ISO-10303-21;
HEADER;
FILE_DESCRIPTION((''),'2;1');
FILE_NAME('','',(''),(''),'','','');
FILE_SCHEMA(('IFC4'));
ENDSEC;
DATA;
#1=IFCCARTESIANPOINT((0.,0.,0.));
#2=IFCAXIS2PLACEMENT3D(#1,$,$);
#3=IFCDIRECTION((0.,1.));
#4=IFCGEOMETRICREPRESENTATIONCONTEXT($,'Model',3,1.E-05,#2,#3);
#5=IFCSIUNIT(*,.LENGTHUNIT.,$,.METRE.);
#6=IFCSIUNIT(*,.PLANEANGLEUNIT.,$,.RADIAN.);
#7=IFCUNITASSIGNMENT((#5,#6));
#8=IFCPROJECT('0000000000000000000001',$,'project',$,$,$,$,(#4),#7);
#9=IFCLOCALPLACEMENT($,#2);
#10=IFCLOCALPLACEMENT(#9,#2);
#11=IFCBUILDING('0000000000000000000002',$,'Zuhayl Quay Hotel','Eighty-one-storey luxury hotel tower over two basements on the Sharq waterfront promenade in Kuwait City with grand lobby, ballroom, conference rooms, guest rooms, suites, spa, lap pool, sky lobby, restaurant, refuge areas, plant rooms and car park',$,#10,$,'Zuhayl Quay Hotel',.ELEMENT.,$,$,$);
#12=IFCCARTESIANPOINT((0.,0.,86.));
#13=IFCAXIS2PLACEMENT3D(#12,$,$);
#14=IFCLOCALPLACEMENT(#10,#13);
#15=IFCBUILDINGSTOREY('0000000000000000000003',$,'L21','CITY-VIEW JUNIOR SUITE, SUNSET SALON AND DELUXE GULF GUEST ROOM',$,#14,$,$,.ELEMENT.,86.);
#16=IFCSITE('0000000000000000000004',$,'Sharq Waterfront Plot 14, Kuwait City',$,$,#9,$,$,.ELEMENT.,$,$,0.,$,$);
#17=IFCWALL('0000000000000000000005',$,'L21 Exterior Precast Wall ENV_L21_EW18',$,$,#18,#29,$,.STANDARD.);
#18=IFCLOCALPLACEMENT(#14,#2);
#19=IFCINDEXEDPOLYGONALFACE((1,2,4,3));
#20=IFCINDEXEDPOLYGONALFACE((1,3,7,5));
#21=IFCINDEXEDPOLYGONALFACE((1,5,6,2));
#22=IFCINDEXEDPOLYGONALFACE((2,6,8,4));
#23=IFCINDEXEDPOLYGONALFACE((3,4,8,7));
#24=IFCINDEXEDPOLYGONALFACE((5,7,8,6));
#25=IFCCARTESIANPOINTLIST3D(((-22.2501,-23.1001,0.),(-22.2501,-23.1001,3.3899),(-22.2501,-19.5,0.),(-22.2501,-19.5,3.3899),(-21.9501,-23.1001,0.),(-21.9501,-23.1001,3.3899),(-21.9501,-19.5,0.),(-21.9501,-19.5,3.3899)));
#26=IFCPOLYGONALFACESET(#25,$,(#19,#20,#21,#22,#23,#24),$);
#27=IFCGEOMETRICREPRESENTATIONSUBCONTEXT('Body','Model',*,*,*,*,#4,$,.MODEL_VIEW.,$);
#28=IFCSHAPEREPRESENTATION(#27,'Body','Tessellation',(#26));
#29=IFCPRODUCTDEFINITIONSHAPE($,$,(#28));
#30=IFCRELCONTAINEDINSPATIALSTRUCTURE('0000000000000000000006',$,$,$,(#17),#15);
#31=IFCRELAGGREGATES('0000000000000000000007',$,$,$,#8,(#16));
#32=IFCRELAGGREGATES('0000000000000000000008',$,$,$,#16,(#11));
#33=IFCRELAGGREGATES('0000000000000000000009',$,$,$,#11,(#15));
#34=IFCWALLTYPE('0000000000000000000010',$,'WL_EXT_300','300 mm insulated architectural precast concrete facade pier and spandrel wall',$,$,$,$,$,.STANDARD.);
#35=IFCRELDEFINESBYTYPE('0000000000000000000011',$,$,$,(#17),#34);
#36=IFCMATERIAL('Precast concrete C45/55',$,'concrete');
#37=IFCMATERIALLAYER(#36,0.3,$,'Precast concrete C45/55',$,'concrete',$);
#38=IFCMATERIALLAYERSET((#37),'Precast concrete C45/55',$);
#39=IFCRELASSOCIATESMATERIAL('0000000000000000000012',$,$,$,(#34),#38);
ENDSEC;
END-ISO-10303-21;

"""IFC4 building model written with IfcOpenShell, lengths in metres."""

from ifc_helpers import new_model, si_unit, direction, frame, frame_2d, origin, place, context, subcontext, project, spatial, rectangle, extrude, material, layer, layer_set, type_object, element, save


model = new_model("IFC4")

# Units and contexts
model_context = context("Model", 3, precision=1e-05, world=origin(), true_north=direction((0.0, 1.0)))
body_context = subcontext(model_context, "Body", "Model", "MODEL_VIEW")
ifc_project = project(units=[si_unit("LENGTHUNIT", "METRE"), si_unit("PLANEANGLEUNIT", "RADIAN")], contexts=[model_context])

# Site, building, storey
site_placement = place(None, origin())
site = spatial("IfcSite", under=ifc_project, at=site_placement, Name="Sharq Waterfront Plot 14, Kuwait City", CompositionType="ELEMENT", RefElevation=0.0)
building_placement = place(site_placement, origin())
building = spatial("IfcBuilding", under=site, at=building_placement, Name="Zuhayl Quay Hotel", Description="Eighty-one-storey luxury hotel tower over two basements on the Sharq waterfront promenade in Kuwait City with grand lobby, ballroom, conference rooms, guest rooms, suites, spa, lap pool, sky lobby, restaurant, refuge areas, plant rooms and car park", LongName="Zuhayl Quay Hotel", CompositionType="ELEMENT")
storey_placement = place(building_placement, frame((0.0, 0.0, 86.0)))
storey = spatial("IfcBuildingStorey", under=building, at=storey_placement, Name="L21", Description="CITY-VIEW JUNIOR SUITE, SUNSET SALON AND DELUXE GULF GUEST ROOM", CompositionType="ELEMENT", Elevation=86.0)

# Wall
ifc_material_1 = material(Name="Precast concrete C45/55", Category="concrete")
ifc_layer_1 = layer(ifc_material_1, 0.3, Name="Precast concrete C45/55", Category="concrete")
ifc_layer_set_1 = layer_set([ifc_layer_1], Name="Precast concrete C45/55")
wall_type = type_object("IfcWallType", Name="WL_EXT_300", Description="300 mm insulated architectural precast concrete facade pier and spandrel wall", PredefinedType="STANDARD", material=ifc_layer_set_1)
wall_1_placement = place(storey_placement, frame((-22.1001, -23.1001, 0.0), z_axis=(0.0, 0.0, 1.0), x_axis=(0.0, 1.0, 0.0)))
element("IfcWall", 1, at=wall_1_placement, inside=storey, type_object=wall_type, Name="L21 Exterior Precast Wall ENV_L21_EW18", PredefinedType="STANDARD", context=body_context, shape_type="SweptSolid", body=[
    extrude(rectangle(XDim=3.6001, YDim=0.3, at=frame_2d((1.8, 0.0))), origin(), (0.0, 0.0, 1.0), 3.3899),
])

save(model, "model.ifc")
